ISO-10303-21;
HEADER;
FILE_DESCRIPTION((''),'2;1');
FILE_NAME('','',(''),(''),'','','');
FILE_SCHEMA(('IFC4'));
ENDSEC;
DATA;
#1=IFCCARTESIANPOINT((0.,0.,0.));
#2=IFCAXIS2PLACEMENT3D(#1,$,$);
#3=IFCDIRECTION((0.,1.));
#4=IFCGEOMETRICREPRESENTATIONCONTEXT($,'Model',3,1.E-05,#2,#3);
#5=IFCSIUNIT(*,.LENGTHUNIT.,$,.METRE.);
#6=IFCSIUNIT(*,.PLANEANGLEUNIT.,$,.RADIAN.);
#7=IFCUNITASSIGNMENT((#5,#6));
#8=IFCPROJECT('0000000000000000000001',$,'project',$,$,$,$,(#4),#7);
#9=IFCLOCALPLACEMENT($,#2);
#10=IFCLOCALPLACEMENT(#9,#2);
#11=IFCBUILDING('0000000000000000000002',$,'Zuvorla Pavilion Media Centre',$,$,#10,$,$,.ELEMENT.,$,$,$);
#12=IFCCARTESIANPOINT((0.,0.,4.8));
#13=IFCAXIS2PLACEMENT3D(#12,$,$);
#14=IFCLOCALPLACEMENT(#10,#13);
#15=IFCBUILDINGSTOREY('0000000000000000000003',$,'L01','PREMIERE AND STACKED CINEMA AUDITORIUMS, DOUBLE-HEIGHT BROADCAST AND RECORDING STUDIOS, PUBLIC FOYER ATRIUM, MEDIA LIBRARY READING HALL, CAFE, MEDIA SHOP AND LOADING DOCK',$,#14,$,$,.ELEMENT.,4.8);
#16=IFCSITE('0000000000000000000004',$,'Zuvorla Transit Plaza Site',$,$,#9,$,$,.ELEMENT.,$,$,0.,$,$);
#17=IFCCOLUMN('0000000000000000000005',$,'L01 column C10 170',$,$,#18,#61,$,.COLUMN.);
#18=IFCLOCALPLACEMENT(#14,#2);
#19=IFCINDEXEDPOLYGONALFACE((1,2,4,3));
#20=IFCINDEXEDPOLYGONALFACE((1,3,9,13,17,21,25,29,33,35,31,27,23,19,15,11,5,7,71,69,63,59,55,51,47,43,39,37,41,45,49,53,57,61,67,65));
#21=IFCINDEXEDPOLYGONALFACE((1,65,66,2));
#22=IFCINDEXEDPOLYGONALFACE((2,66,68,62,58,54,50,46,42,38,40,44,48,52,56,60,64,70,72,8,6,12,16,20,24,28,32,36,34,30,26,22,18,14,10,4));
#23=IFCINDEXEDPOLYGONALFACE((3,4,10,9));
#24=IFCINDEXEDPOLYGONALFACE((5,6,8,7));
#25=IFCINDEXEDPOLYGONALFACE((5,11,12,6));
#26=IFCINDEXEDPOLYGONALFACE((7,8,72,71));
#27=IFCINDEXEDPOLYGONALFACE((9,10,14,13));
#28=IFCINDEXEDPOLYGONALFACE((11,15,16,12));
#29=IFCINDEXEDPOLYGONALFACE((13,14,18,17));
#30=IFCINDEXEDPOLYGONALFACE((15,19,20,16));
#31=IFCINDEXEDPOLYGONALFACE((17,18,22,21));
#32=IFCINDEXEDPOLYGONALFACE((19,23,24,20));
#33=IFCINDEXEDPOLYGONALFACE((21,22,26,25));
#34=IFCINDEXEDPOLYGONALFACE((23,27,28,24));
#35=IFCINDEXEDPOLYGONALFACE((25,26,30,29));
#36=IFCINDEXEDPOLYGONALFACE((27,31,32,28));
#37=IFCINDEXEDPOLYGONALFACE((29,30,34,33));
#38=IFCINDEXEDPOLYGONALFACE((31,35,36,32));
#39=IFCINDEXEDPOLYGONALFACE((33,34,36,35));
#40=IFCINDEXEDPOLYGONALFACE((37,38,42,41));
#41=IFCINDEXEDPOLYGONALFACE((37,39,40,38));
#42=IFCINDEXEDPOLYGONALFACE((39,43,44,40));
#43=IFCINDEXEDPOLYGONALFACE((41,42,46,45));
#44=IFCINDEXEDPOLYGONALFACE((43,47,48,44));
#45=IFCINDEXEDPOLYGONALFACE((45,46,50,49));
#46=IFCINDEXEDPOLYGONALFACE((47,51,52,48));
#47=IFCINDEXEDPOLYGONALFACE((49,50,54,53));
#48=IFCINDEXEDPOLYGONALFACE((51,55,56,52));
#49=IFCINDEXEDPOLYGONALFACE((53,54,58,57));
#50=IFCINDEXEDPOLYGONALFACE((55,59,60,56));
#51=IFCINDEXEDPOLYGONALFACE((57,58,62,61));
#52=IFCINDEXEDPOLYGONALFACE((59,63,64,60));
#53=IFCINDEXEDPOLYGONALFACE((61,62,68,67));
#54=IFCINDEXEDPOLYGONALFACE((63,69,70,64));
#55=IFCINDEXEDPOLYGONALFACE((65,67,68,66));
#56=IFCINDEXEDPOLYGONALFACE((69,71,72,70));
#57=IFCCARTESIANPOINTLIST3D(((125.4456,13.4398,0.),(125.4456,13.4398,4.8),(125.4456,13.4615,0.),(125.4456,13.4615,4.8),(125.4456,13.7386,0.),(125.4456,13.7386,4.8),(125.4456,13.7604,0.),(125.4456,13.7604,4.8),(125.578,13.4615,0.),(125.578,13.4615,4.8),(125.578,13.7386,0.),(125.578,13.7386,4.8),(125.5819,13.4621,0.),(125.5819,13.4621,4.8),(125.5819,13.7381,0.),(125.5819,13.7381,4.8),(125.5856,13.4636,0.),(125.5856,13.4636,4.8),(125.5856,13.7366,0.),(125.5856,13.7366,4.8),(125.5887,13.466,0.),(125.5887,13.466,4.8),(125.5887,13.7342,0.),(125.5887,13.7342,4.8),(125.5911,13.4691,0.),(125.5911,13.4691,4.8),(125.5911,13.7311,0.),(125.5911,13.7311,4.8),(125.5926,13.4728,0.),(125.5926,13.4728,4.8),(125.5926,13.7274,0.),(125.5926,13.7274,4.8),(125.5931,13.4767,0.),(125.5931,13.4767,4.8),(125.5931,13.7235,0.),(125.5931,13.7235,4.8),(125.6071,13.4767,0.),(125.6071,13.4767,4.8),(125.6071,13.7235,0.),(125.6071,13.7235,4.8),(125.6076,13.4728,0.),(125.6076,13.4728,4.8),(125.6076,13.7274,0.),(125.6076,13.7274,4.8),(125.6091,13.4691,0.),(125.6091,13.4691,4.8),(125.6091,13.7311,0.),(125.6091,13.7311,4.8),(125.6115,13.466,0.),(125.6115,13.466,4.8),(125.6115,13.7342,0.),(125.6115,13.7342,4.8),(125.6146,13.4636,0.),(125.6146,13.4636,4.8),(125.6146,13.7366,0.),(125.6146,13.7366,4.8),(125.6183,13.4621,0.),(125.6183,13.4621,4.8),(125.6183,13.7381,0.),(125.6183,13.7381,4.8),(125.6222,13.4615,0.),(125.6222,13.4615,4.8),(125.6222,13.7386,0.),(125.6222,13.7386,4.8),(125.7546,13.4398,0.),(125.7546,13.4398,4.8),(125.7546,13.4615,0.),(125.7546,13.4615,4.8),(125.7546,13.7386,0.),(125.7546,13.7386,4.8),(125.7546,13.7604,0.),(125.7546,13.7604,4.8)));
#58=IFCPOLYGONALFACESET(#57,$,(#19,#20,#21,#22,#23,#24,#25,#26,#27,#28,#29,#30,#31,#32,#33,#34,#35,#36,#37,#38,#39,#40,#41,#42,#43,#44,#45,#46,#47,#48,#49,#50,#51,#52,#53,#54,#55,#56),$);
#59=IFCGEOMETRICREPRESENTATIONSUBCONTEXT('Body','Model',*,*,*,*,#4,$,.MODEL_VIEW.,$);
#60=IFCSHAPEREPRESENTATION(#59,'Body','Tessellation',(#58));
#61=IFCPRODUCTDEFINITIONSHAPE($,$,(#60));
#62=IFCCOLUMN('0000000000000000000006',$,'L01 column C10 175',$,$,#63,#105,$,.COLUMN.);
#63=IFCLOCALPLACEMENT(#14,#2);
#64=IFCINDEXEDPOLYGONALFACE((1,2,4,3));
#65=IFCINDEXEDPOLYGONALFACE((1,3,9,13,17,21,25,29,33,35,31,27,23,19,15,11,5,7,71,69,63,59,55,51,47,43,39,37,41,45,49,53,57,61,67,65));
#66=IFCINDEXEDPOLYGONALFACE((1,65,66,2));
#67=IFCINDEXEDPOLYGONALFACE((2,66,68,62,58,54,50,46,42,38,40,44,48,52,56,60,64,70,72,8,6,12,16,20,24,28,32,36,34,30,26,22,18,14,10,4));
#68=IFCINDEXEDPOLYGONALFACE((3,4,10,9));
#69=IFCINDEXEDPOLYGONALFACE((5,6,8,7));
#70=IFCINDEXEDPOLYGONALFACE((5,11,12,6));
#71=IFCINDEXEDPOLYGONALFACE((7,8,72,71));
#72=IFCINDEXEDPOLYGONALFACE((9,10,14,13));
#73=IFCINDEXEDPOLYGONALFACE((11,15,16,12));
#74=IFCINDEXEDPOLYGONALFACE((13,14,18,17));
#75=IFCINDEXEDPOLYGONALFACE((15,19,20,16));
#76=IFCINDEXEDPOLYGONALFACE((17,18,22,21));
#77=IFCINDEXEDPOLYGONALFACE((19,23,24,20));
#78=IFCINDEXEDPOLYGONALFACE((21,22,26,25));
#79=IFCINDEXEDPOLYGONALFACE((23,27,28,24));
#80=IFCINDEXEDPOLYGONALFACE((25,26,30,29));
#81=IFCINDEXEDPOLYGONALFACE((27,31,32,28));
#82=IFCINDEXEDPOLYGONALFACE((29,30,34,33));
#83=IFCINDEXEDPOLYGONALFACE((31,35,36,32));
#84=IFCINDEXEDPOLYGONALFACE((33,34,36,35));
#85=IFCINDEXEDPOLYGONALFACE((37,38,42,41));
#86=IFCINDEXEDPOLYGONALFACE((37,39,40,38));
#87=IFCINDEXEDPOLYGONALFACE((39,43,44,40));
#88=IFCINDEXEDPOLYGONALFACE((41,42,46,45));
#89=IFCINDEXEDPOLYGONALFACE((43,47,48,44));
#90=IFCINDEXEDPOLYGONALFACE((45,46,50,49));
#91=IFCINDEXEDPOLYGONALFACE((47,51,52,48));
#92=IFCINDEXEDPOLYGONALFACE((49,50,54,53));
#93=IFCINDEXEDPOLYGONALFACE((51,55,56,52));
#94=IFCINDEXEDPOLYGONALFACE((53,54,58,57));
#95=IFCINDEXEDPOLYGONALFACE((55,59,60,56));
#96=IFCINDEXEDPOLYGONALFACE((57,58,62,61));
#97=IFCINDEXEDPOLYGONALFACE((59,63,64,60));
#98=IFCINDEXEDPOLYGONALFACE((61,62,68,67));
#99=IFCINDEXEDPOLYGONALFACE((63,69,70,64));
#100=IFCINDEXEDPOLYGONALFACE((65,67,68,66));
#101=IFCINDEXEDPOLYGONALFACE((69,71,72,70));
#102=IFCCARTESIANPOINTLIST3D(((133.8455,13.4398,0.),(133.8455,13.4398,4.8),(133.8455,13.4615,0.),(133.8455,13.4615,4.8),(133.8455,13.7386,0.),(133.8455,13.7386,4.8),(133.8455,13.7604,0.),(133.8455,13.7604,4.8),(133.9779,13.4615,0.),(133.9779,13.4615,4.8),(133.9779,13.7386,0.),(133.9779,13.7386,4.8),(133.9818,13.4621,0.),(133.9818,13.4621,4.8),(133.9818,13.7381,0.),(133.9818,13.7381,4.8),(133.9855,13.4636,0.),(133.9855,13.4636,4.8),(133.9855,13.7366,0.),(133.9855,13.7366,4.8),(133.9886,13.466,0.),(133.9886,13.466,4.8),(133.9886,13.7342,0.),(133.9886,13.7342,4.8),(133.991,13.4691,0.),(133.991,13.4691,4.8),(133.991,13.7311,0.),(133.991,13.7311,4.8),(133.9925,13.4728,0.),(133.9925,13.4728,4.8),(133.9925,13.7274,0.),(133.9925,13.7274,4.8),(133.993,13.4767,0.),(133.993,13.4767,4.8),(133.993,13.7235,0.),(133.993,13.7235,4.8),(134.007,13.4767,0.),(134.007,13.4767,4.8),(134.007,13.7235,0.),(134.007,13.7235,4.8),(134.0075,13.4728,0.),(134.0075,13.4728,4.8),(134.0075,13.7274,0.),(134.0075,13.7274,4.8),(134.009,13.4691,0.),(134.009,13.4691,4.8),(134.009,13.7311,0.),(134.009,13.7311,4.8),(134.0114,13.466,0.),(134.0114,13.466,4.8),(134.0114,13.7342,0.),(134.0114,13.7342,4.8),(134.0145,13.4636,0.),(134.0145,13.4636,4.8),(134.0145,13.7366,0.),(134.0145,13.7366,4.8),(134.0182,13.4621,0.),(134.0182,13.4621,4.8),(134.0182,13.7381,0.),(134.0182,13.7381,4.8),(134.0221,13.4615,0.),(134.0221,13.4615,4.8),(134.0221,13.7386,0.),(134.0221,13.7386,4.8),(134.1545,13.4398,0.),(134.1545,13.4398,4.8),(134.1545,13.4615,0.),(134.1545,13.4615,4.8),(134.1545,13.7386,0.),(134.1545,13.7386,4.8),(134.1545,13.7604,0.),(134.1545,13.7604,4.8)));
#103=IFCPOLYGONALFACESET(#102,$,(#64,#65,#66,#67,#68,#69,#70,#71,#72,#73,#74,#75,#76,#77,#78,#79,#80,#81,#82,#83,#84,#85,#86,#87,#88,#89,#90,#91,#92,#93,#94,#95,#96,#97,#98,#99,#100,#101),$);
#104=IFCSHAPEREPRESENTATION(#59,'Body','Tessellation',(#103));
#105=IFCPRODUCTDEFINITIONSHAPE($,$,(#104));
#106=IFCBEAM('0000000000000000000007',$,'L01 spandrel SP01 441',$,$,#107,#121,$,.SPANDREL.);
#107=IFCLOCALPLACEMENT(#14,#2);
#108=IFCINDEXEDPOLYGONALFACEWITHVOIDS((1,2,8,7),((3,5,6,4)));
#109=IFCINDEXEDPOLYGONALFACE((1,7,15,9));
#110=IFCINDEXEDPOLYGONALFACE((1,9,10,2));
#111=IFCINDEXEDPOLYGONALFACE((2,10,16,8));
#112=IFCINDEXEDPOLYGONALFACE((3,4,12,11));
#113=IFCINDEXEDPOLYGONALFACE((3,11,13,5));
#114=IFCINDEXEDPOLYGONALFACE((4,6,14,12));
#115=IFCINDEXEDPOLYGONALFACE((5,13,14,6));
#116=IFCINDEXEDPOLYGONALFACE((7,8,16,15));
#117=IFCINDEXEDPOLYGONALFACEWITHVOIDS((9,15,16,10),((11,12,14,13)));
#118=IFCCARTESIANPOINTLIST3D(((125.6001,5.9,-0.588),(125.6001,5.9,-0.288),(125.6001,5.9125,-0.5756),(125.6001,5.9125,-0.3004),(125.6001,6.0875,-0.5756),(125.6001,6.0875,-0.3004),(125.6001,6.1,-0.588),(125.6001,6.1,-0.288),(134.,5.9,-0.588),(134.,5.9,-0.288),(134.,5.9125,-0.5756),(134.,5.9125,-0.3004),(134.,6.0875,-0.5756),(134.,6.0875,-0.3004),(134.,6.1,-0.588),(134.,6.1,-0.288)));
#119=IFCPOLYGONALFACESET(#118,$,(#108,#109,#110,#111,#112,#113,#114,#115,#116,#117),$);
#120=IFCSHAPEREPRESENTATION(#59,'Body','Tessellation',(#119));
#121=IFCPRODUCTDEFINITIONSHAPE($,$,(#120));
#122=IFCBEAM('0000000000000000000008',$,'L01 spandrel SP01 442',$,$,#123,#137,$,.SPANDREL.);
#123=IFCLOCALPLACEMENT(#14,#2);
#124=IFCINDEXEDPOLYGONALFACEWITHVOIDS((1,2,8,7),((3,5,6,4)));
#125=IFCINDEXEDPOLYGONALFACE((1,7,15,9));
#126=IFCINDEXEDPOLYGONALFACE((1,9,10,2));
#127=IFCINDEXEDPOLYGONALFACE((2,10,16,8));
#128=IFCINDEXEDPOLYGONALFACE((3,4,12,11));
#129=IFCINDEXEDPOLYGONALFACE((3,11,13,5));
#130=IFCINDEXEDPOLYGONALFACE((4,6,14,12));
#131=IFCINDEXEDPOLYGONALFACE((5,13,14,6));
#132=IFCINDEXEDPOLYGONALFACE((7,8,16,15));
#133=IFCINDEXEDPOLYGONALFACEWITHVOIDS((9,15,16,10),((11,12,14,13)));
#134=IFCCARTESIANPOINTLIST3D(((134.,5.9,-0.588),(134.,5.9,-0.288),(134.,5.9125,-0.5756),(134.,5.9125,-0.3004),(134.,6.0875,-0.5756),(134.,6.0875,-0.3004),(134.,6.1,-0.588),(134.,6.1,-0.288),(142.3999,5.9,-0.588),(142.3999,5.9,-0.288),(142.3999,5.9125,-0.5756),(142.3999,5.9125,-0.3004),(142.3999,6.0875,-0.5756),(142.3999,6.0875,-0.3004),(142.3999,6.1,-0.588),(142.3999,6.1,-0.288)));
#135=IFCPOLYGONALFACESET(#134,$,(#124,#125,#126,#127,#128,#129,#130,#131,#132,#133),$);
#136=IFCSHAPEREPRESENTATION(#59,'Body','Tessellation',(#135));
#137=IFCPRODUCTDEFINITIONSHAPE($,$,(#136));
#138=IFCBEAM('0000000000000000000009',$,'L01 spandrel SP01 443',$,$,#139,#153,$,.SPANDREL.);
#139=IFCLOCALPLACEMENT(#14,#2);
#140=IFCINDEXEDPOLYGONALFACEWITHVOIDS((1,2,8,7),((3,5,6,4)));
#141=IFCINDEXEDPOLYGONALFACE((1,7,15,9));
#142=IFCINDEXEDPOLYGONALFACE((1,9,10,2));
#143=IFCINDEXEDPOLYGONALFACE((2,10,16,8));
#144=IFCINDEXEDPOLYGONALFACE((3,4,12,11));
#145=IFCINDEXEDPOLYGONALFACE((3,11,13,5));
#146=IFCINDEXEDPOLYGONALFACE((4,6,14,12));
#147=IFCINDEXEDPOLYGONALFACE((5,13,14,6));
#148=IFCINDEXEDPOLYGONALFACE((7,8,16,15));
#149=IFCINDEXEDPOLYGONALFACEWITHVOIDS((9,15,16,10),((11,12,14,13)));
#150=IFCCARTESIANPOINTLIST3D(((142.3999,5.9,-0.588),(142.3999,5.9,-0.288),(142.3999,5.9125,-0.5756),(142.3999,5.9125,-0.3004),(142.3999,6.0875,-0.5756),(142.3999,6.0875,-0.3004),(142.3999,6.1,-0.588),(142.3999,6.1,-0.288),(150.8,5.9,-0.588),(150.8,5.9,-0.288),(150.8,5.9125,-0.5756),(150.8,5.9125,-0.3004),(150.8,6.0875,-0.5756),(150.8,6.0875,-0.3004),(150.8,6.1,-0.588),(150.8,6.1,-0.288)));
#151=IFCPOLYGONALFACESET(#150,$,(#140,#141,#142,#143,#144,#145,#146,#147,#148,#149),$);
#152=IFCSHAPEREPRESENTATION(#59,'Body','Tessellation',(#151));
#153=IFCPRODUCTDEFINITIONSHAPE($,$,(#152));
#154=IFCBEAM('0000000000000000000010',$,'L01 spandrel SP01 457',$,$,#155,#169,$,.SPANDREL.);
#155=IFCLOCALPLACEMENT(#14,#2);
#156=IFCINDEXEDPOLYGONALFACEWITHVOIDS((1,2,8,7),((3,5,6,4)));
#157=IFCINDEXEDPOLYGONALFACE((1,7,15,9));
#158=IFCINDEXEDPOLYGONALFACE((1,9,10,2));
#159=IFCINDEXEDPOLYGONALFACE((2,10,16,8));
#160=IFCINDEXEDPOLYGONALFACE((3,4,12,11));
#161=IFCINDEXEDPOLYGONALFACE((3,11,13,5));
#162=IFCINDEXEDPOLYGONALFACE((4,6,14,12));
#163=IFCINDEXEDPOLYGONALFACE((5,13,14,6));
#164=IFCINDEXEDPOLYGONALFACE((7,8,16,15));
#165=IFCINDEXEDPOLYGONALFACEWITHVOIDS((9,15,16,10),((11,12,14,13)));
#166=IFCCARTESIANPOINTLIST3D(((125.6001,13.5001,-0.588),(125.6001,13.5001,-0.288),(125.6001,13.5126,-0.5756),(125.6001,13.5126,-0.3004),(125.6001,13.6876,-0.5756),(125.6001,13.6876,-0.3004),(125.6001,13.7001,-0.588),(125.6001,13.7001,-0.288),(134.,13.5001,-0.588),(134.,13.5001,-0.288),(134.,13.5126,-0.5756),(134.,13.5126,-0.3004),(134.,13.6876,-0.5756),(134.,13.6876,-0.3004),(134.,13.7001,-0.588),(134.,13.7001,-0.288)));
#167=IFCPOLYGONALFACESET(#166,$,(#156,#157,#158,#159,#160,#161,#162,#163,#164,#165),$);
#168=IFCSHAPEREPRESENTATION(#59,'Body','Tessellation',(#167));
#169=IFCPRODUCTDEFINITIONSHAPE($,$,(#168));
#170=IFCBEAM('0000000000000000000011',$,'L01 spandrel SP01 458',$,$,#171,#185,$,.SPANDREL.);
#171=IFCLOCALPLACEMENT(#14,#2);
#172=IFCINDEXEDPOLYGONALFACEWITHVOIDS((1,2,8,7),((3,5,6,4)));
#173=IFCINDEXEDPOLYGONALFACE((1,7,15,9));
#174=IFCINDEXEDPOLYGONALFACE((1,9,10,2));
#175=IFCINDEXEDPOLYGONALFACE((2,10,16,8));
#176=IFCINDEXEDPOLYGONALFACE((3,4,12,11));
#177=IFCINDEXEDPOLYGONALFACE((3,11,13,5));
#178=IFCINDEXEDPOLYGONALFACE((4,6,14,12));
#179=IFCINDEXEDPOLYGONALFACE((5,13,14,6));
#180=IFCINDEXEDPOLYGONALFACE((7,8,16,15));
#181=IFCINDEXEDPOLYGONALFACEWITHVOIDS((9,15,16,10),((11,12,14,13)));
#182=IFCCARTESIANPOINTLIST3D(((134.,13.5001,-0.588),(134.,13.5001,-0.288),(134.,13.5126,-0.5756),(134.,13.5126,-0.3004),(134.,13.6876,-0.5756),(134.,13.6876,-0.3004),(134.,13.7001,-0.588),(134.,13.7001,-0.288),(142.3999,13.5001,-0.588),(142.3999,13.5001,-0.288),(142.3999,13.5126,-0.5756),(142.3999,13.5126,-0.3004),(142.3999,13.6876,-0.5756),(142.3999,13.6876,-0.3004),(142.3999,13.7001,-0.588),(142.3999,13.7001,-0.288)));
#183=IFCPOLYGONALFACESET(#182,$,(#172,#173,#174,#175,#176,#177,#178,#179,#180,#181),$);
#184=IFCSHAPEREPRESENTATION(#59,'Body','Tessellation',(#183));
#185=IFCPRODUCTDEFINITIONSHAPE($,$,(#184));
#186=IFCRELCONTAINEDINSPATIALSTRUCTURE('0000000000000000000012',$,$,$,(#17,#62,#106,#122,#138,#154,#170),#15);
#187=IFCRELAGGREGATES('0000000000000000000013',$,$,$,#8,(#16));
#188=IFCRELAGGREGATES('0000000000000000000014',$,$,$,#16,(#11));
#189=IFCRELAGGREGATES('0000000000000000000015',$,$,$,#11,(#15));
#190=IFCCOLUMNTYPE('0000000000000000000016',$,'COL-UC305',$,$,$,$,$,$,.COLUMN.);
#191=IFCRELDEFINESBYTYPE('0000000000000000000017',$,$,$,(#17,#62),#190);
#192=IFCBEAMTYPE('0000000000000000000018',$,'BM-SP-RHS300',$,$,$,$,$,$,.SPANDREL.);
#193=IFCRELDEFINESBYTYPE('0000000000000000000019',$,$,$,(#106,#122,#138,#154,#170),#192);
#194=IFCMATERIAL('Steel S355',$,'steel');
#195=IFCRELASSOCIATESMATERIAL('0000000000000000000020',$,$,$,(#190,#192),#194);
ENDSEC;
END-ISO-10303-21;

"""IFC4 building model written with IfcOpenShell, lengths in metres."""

from ifc_helpers import new_model, si_unit, direction, frame, origin, origin_2d, place, context, subcontext, project, spatial, hollow_rectangle, i_section, extrude, material, material_profile, profile_set, type_object, element, save


model = new_model("IFC4")

# Units and contexts
model_context = context("Model", 3, precision=1e-05, world=origin(), true_north=direction((0.0, 1.0)))
body_context = subcontext(model_context, "Body", "Model", "MODEL_VIEW")
ifc_project = project(units=[si_unit("LENGTHUNIT", "METRE"), si_unit("PLANEANGLEUNIT", "RADIAN")], contexts=[model_context])

# Site, building, storey
site_placement = place(None, origin())
site = spatial("IfcSite", under=ifc_project, at=site_placement, Name="Zuvorla Transit Plaza Site", CompositionType="ELEMENT", RefElevation=0.0)
building_placement = place(site_placement, origin())
building = spatial("IfcBuilding", under=site, at=building_placement, Name="Zuvorla Pavilion Media Centre", CompositionType="ELEMENT")
storey_placement = place(building_placement, frame((0.0, 0.0, 4.8)))
storey = spatial("IfcBuildingStorey", under=building, at=storey_placement, Name="L01", Description="PREMIERE AND STACKED CINEMA AUDITORIUMS, DOUBLE-HEIGHT BROADCAST AND RECORDING STUDIOS, PUBLIC FOYER ATRIUM, MEDIA LIBRARY READING HALL, CAFE, MEDIA SHOP AND LOADING DOCK", CompositionType="ELEMENT", Elevation=4.8)

# Columns
ifc_material_1 = material(Name="Steel S355", Category="steel")
ifc_material_profile_1 = material_profile(ifc_material_1, i_section(OverallWidth=0.3091, OverallDepth=0.3206, WebThickness=0.0139, FlangeThickness=0.0217, FilletRadius=0.0151, at=origin_2d()), Name="UC 305x305x137")
ifc_profile_set_1 = profile_set([ifc_material_profile_1], Name="Steel S355")
column_type = type_object("IfcColumnType", Name="COL-UC305", PredefinedType="COLUMN", material=ifc_profile_set_1)
for number, where, z_axis, x_axis, name in (
    (1, (125.6001, 13.6001, 0.0), (0.0, 0.0, 1.0), (1.0, 0.0, 0.0), "L01 column C10 170"),
    (2, (134.0, 13.6001, 0.0), (0.0, 0.0, 1.0), (1.0, 0.0, 0.0), "L01 column C10 175"),
):
    element("IfcColumn", number, at=place(storey_placement, frame(where, z_axis=z_axis, x_axis=x_axis)), inside=storey, type_object=column_type, Name=name, PredefinedType="COLUMN", context=body_context, shape_type="SweptSolid", body=[
        extrude(i_section(OverallWidth=0.3091, OverallDepth=0.3206, WebThickness=0.0139, FlangeThickness=0.0217, FilletRadius=0.0151, at=origin_2d()), origin(), (0.0, 0.0, 1.0), 4.8),
    ])

# Beams
ifc_material_profile_2 = material_profile(ifc_material_1, hollow_rectangle(XDim=0.2, YDim=0.3, WallThickness=0.0125, at=origin_2d()), Name="RHS 300x200x12.5")
ifc_profile_set_2 = profile_set([ifc_material_profile_2], Name="Steel S355")
beam_type_1 = type_object("IfcBeamType", Name="BM-SP-RHS300", PredefinedType="SPANDREL", material=ifc_profile_set_2)
for number, where, z_axis, x_axis, name in (
    (3, (125.6001, 6.0, -0.438), (1.0, 0.0, 0.0), (0.0, 1.0, 0.0), "L01 spandrel SP01 441"),
    (4, (134.0, 6.0, -0.438), (1.0, 0.0, 0.0), (0.0, 1.0, 0.0), "L01 spandrel SP01 442"),
):
    element("IfcBeam", number, at=place(storey_placement, frame(where, z_axis=z_axis, x_axis=x_axis)), inside=storey, type_object=beam_type_1, Name=name, PredefinedType="SPANDREL", context=body_context, shape_type="SweptSolid", body=[
        extrude(hollow_rectangle(XDim=0.2, YDim=0.3, WallThickness=0.0125, at=origin_2d()), origin(), (0.0, 0.0, 1.0), 8.3999),
    ])
beam_1_placement = place(storey_placement, frame((142.3999, 6.0, -0.438), z_axis=(1.0, 0.0, 0.0), x_axis=(0.0, 1.0, 0.0)))
element("IfcBeam", 5, at=beam_1_placement, inside=storey, type_object=beam_type_1, Name="L01 spandrel SP01 443", PredefinedType="SPANDREL", context=body_context, shape_type="SweptSolid", body=[
    extrude(hollow_rectangle(XDim=0.2, YDim=0.3, WallThickness=0.0125, at=origin_2d()), origin(), (0.0, 0.0, 1.0), 8.4001),
])
for number, where, z_axis, x_axis, name in (
    (6, (125.6001, 13.6001, -0.438), (1.0, 0.0, 0.0), (0.0, 1.0, 0.0), "L01 spandrel SP01 457"),
    (7, (134.0, 13.6001, -0.438), (1.0, 0.0, 0.0), (0.0, 1.0, 0.0), "L01 spandrel SP01 458"),
):
    element("IfcBeam", number, at=place(storey_placement, frame(where, z_axis=z_axis, x_axis=x_axis)), inside=storey, type_object=beam_type_1, Name=name, PredefinedType="SPANDREL", context=body_context, shape_type="SweptSolid", body=[
        extrude(hollow_rectangle(XDim=0.2, YDim=0.3, WallThickness=0.0125, at=origin_2d()), origin(), (0.0, 0.0, 1.0), 8.3999),
    ])

save(model, "model.ifc")
